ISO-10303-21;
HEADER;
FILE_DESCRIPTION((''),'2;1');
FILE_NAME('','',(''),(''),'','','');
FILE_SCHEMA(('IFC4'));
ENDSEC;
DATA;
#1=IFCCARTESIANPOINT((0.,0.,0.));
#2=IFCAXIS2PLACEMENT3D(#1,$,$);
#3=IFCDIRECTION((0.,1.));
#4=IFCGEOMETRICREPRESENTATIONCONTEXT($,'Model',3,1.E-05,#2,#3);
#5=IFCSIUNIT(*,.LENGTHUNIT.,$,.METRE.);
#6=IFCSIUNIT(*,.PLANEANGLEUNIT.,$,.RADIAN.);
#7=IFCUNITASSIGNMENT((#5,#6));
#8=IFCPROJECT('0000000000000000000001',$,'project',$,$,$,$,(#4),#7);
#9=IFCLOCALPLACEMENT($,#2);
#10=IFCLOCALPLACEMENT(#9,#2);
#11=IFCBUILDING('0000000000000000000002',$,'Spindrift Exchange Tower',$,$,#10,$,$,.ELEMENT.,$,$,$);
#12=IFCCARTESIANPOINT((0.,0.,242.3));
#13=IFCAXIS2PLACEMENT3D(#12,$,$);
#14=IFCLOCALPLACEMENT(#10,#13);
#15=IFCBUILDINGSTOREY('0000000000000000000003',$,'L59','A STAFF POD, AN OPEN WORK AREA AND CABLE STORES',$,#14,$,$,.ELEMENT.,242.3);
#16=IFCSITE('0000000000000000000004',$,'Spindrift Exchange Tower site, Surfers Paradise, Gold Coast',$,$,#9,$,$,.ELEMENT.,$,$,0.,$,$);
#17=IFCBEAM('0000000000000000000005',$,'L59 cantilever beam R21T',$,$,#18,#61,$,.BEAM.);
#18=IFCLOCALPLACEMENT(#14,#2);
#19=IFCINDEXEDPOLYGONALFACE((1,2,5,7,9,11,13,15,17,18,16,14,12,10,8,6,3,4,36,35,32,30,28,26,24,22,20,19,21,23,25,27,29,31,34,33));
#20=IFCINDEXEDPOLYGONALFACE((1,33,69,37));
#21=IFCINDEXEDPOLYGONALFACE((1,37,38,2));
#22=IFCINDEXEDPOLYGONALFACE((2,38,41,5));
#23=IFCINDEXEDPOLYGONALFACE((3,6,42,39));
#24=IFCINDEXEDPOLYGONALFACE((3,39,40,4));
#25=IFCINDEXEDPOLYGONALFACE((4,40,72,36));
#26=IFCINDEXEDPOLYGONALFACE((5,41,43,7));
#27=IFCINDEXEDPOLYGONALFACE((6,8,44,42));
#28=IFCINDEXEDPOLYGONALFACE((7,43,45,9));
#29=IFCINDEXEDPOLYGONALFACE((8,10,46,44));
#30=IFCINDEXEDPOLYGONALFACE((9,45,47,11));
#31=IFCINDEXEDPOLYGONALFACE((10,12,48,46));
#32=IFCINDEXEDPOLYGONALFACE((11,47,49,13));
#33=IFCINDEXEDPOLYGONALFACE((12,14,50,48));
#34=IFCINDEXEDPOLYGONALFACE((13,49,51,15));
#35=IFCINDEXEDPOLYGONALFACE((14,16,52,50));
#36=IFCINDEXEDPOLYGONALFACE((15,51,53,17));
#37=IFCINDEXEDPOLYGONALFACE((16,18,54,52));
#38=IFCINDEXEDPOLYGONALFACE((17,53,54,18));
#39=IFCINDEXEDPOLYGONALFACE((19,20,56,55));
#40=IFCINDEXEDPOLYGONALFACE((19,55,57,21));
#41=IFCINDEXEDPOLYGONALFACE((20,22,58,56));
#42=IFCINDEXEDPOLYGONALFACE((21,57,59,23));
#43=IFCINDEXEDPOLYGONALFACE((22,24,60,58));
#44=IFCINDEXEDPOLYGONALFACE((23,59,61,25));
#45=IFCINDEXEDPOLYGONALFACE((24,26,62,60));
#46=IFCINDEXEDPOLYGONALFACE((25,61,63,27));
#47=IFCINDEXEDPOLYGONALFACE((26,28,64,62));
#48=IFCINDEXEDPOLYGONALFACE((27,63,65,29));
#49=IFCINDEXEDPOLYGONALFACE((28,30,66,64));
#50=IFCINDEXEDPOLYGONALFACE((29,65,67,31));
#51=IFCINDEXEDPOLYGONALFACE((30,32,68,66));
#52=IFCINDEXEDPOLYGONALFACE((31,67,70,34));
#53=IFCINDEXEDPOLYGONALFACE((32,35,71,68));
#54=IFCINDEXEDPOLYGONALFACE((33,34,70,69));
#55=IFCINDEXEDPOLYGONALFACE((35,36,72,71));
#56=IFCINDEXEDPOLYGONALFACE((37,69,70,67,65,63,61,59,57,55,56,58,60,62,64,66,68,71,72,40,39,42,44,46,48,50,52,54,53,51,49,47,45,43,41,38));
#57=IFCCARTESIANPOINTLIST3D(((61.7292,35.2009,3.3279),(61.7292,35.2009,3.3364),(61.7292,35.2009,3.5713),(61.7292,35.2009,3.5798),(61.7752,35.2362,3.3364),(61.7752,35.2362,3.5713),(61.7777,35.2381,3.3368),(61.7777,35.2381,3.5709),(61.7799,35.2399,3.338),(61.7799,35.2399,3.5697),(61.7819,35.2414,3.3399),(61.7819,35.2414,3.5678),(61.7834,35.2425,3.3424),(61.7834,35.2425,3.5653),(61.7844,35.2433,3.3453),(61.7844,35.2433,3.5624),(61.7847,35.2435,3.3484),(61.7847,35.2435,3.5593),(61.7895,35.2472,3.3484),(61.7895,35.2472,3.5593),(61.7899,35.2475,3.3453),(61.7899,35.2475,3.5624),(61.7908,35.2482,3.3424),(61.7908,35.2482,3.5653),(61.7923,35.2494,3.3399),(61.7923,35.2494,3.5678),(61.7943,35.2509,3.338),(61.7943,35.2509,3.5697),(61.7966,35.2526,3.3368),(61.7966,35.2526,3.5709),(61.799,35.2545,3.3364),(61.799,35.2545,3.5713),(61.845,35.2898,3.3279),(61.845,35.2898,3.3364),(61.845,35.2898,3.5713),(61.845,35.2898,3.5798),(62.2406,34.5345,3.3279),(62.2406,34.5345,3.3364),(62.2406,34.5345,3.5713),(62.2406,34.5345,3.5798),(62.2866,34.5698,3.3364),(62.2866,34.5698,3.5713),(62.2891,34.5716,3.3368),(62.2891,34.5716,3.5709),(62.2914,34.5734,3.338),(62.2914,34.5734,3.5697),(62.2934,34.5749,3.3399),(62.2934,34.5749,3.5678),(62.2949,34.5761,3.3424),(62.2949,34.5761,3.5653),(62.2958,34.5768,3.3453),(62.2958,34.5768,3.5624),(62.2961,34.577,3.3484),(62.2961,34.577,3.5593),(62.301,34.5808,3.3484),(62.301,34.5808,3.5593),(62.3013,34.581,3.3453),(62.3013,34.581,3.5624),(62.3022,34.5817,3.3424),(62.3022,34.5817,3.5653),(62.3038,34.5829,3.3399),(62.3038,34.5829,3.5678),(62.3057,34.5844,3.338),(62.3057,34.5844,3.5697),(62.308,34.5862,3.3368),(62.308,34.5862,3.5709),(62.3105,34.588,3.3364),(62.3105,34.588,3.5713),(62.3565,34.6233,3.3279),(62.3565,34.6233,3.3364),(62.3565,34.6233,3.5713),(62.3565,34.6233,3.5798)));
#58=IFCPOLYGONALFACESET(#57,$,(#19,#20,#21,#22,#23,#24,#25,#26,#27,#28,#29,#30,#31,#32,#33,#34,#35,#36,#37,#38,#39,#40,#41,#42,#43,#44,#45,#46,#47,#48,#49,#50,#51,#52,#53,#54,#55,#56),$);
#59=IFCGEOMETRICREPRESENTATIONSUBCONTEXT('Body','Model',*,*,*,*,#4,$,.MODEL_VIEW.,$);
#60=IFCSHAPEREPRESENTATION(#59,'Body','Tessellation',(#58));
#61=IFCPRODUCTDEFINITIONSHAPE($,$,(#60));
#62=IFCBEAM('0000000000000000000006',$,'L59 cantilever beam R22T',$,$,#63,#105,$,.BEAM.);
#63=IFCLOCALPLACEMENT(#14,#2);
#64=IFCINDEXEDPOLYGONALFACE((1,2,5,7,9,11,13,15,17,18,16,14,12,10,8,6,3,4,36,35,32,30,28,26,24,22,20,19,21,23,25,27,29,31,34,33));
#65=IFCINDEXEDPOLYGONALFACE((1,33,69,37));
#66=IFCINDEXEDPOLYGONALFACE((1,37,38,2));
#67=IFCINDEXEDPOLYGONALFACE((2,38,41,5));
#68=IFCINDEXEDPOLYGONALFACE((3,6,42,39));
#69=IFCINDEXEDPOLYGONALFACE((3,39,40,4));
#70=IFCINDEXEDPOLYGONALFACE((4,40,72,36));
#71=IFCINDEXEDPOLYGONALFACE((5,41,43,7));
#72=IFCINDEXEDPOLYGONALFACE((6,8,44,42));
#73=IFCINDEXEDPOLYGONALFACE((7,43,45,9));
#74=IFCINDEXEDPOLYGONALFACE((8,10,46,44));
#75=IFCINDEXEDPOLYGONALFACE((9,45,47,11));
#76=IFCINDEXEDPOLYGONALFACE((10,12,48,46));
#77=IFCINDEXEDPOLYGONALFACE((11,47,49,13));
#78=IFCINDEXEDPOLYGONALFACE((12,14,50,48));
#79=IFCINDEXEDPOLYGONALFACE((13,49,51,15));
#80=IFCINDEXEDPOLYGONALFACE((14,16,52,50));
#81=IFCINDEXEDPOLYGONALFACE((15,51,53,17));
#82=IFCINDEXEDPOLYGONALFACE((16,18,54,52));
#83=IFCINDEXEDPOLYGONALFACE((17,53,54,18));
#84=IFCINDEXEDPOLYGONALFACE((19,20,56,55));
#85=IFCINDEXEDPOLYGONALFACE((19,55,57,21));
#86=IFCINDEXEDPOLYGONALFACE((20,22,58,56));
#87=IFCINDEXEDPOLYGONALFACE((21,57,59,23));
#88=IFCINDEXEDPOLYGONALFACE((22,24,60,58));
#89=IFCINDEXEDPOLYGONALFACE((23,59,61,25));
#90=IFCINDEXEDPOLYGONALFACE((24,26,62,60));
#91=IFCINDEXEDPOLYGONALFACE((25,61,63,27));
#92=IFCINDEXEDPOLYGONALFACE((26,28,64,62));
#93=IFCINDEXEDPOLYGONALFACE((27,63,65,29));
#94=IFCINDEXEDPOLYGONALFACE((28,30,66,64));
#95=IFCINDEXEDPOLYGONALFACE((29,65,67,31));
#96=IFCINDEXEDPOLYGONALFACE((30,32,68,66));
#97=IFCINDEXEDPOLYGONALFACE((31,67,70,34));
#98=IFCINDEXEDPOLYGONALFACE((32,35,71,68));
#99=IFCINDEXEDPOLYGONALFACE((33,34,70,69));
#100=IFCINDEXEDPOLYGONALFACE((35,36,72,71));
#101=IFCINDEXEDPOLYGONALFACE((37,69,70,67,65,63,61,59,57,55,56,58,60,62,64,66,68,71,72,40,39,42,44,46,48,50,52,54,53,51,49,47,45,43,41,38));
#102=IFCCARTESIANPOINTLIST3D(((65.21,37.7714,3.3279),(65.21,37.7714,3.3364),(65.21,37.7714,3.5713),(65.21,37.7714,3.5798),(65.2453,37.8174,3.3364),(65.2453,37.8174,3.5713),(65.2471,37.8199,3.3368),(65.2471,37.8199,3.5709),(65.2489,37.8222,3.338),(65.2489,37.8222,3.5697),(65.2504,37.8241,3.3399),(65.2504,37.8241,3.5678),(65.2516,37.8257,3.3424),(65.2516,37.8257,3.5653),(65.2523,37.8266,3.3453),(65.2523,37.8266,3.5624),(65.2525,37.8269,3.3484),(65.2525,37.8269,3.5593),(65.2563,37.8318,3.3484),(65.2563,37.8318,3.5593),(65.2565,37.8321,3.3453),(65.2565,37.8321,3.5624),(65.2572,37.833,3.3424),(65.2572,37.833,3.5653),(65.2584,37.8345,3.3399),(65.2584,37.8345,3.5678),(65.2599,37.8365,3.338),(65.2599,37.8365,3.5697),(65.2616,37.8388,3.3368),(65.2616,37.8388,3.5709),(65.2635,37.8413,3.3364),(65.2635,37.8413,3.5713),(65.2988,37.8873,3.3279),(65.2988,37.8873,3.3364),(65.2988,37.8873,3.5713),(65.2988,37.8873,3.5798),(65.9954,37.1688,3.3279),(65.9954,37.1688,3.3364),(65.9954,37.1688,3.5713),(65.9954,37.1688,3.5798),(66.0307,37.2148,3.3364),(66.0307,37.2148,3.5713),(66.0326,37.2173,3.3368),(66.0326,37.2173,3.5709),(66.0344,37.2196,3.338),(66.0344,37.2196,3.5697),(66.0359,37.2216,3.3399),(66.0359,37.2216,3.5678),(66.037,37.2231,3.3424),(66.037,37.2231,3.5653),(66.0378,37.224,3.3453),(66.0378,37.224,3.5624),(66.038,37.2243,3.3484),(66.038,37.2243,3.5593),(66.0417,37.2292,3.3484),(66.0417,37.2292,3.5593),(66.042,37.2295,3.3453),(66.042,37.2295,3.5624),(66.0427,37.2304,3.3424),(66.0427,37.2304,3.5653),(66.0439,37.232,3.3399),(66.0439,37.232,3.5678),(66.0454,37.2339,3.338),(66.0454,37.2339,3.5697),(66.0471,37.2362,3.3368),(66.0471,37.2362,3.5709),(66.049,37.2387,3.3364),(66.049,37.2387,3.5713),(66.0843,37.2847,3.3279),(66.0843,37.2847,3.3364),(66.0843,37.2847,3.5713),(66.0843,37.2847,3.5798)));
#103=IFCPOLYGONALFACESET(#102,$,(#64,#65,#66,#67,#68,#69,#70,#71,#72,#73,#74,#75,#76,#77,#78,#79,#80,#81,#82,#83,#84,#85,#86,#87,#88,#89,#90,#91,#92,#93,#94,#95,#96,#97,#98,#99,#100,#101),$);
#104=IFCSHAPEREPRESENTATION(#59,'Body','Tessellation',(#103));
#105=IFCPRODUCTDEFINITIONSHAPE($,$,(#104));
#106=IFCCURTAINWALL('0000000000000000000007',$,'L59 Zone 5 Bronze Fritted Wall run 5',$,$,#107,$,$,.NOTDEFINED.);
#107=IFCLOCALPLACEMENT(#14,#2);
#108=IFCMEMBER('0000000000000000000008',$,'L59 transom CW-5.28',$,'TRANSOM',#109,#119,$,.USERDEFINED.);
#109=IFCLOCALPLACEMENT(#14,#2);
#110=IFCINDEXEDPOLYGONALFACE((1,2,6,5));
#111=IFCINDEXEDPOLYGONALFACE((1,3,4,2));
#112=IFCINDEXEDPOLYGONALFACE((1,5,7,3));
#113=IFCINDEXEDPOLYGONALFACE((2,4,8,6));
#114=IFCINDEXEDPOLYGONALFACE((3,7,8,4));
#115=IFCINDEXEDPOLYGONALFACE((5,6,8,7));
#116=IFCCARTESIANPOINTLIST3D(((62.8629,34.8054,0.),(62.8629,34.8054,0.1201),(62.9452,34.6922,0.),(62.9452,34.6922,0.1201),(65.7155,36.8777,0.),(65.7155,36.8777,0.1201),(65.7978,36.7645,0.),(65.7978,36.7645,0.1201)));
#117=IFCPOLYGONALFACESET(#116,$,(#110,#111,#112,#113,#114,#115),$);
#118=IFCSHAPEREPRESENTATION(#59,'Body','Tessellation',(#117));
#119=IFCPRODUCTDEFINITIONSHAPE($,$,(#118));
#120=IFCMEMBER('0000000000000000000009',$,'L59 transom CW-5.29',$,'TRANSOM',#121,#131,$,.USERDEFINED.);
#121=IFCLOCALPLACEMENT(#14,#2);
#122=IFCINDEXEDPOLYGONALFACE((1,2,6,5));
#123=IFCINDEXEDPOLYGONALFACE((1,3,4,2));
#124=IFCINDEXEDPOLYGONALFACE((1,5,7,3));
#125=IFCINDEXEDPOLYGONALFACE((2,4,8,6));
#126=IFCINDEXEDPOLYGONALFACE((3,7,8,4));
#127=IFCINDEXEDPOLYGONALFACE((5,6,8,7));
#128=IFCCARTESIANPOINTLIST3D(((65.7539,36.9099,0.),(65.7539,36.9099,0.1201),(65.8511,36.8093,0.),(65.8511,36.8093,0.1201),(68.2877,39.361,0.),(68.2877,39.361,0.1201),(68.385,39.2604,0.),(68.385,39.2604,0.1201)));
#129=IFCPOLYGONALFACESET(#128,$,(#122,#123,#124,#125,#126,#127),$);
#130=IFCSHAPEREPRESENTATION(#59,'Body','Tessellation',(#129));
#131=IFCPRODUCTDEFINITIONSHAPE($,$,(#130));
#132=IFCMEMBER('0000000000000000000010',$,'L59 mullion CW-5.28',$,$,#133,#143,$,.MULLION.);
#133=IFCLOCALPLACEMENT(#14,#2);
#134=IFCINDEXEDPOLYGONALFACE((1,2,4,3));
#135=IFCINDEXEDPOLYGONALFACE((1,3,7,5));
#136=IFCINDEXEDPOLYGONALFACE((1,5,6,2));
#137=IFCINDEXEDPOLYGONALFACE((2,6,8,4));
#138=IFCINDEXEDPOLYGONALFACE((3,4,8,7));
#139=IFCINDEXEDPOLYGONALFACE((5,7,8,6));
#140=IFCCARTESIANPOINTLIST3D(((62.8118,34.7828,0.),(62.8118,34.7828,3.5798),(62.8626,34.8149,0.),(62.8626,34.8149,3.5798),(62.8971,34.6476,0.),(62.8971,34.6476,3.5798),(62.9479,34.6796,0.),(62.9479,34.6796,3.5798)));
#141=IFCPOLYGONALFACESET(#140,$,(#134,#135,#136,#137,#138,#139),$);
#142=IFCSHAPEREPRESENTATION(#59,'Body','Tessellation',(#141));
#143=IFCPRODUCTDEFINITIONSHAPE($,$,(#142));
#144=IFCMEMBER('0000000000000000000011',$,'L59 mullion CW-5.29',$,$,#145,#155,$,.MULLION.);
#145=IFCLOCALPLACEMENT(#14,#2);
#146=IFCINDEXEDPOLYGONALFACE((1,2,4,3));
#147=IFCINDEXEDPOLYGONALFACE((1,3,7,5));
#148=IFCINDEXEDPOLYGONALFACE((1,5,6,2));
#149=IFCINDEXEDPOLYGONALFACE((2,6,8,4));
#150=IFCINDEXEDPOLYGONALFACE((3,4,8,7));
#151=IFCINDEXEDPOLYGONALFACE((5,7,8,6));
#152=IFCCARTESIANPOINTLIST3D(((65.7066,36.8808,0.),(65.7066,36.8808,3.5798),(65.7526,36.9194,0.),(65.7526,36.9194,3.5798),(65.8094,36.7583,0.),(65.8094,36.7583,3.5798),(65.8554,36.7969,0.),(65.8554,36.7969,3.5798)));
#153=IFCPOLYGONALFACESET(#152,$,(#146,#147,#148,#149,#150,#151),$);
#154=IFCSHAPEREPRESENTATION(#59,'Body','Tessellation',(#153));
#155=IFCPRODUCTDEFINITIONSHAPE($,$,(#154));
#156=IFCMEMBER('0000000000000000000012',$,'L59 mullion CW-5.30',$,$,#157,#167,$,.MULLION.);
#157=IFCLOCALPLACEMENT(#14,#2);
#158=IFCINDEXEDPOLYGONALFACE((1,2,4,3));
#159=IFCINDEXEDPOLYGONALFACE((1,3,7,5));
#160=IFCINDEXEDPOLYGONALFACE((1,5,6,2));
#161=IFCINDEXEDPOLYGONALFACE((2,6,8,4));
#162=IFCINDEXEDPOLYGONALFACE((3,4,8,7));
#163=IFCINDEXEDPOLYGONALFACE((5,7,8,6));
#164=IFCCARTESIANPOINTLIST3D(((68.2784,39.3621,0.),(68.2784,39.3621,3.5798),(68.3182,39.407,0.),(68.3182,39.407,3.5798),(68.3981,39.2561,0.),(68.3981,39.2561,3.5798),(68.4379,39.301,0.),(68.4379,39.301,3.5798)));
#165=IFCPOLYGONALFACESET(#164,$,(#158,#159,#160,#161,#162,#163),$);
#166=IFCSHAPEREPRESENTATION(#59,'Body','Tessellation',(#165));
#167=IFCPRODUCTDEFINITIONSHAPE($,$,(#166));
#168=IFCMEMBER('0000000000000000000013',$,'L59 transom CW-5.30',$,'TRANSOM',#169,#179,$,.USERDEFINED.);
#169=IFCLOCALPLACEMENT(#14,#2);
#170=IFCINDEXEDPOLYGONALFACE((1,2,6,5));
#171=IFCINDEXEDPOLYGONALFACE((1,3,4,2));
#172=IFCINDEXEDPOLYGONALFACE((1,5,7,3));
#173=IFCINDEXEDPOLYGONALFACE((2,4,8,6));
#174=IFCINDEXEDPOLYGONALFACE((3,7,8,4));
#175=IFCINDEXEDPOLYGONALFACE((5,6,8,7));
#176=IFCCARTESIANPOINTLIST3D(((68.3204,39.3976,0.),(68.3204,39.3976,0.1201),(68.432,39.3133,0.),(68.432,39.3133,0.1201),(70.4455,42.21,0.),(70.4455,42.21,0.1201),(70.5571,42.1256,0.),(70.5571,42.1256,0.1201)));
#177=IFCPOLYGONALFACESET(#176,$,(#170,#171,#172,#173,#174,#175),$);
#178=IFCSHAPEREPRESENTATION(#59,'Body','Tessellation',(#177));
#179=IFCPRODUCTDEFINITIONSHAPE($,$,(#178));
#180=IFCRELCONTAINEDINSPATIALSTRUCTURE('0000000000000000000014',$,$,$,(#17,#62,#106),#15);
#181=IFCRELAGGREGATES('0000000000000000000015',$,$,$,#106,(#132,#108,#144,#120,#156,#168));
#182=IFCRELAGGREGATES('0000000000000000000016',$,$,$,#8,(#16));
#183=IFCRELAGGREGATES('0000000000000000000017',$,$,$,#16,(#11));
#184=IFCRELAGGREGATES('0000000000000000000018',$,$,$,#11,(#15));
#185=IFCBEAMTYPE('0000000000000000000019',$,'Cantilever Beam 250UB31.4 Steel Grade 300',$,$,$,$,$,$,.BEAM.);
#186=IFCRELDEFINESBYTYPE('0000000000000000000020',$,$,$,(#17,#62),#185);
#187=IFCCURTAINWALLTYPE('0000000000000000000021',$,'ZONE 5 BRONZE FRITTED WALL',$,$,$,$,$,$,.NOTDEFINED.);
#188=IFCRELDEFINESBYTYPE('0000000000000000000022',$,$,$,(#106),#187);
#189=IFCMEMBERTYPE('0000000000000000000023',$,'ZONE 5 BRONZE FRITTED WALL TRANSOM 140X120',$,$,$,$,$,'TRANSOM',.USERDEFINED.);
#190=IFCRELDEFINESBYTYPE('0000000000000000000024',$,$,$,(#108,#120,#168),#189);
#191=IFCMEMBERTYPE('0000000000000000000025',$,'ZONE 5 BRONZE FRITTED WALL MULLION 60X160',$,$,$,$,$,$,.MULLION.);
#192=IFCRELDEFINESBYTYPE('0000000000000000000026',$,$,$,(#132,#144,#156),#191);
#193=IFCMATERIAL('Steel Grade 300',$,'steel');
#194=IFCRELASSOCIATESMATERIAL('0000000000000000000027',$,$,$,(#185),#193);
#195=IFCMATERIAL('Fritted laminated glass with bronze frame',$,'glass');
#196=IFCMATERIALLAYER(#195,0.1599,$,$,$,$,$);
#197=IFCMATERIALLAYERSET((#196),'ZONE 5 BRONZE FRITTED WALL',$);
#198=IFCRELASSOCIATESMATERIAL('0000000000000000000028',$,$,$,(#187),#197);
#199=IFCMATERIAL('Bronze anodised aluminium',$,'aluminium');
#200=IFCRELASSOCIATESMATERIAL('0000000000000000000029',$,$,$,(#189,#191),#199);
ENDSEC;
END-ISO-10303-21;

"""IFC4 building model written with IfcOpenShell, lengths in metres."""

from ifc_helpers import new_model, si_unit, direction, frame, origin, origin_2d, place, context, subcontext, project, spatial, rectangle, i_section, extrude, source, transform, mapped, material, layer, layer_set, material_profile, profile_set, type_object, element, aggregate, save


model = new_model("IFC4")

# Units and contexts
model_context = context("Model", 3, precision=1e-05, world=origin(), true_north=direction((0.0, 1.0)))
body_context = subcontext(model_context, "Body", "Model", "MODEL_VIEW")
ifc_project = project(units=[si_unit("LENGTHUNIT", "METRE"), si_unit("PLANEANGLEUNIT", "RADIAN")], contexts=[model_context])

# Site, building, storey
site_placement = place(None, origin())
site = spatial("IfcSite", under=ifc_project, at=site_placement, Name="Spindrift Exchange Tower site, Surfers Paradise, Gold Coast", CompositionType="ELEMENT", RefElevation=0.0)
building_placement = place(site_placement, origin())
building = spatial("IfcBuilding", under=site, at=building_placement, Name="Spindrift Exchange Tower", CompositionType="ELEMENT")
storey_placement = place(building_placement, frame((0.0, 0.0, 242.3)))
storey = spatial("IfcBuildingStorey", under=building, at=storey_placement, Name="L59", Description="A STAFF POD, AN OPEN WORK AREA AND CABLE STORES", CompositionType="ELEMENT", Elevation=242.3)

# Beams
ifc_material_1 = material(Name="Steel Grade 300", Category="steel")
ifc_material_profile_1 = material_profile(ifc_material_1, i_section(OverallWidth=0.146, OverallDepth=0.252, WebThickness=0.0061, FlangeThickness=0.0085, FilletRadius=0.012, at=origin_2d()), Name="250UB31.4")
ifc_profile_set_1 = profile_set([ifc_material_profile_1], Name="Steel Grade 300")
beam_type_1 = type_object("IfcBeamType", Name="Cantilever Beam 250UB31.4 Steel Grade 300", PredefinedType="BEAM", material=ifc_profile_set_1)
shared_shape_1 = source(origin(), body_context, "Body", "SweptSolid", [
    extrude(i_section(OverallWidth=0.146, OverallDepth=0.252, WebThickness=0.0061, FlangeThickness=0.0085, FilletRadius=0.012, at=origin_2d()), origin(), (0.0, 0.0, 1.0), 0.8401),
])
beam_1_placement = place(storey_placement, frame((61.7871, 35.2454, 3.4539), z_axis=(0.608798, -0.793326, 0.0), x_axis=(0.793326, 0.608798, 0.0)))
element("IfcBeam", 1, at=beam_1_placement, inside=storey, type_object=beam_type_1, Name="L59 cantilever beam R21T", PredefinedType="BEAM", context=body_context, shape_type="MappedRepresentation", body=[
    mapped(shared_shape_1, transform((0.0, 0.0, 0.0), scale=1.0)),
])
shared_shape_2 = source(origin(), body_context, "Body", "SweptSolid", [
    extrude(i_section(OverallWidth=0.146, OverallDepth=0.252, WebThickness=0.0061, FlangeThickness=0.0085, FilletRadius=0.012, at=origin_2d()), origin(), (0.0, 0.0, 1.0), 0.99),
])
beam_2_placement = place(storey_placement, frame((65.2544, 37.8293, 3.4539), z_axis=(0.793412, -0.608685, 0.0), x_axis=(0.608685, 0.793412, 0.0)))
element("IfcBeam", 2, at=beam_2_placement, inside=storey, type_object=beam_type_1, Name="L59 cantilever beam R22T", PredefinedType="BEAM", context=body_context, shape_type="MappedRepresentation", body=[
    mapped(shared_shape_2, transform((0.0, 0.0, 0.0), scale=1.0)),
])

# Curtain wall, members
ifc_material_2 = material(Name="Fritted laminated glass with bronze frame", Category="glass")
ifc_layer_1 = layer(ifc_material_2, 0.1599)
ifc_layer_set_1 = layer_set([ifc_layer_1], Name="ZONE 5 BRONZE FRITTED WALL")
curtain_wall_type = type_object("IfcCurtainWallType", Name="ZONE 5 BRONZE FRITTED WALL", PredefinedType="NOTDEFINED", material=ifc_layer_set_1)
curtain_wall_placement = place(storey_placement, origin())
curtain_wall = element("IfcCurtainWall", 3, at=curtain_wall_placement, inside=storey, type_object=curtain_wall_type, Name="L59 Zone 5 Bronze Fritted Wall run 5", PredefinedType="NOTDEFINED")
ifc_material_3 = material(Name="Bronze anodised aluminium", Category="aluminium")
ifc_material_profile_2 = material_profile(ifc_material_3, rectangle(XDim=0.1399, YDim=0.1201, at=origin_2d()), Name="ZONE 5 BRONZE FRITTED WALL TRANSOM 140X120")
ifc_profile_set_2 = profile_set([ifc_material_profile_2], Name="Bronze anodised aluminium")
member_type_1 = type_object("IfcMemberType", Name="ZONE 5 BRONZE FRITTED WALL TRANSOM 140X120", ElementType="TRANSOM", PredefinedType="USERDEFINED", material=ifc_profile_set_2)
shared_shape_3 = source(origin(), body_context, "Body", "SweptSolid", [
    extrude(rectangle(XDim=0.1399, YDim=0.1201, at=origin_2d()), origin(), (0.0, 0.0, 1.0), 3.5259),
])
member_1_placement = place(storey_placement, frame((62.9041, 34.7488, 0.0601), z_axis=(0.809047, 0.587743, 0.0), x_axis=(-0.587743, 0.809047, 0.0)))
member_1 = element("IfcMember", 4, at=member_1_placement, type_object=member_type_1, Name="L59 transom CW-5.28", ObjectType="TRANSOM", PredefinedType="USERDEFINED", context=body_context, shape_type="MappedRepresentation", body=[
    mapped(shared_shape_3, transform((0.0, 0.0, 0.0), scale=1.0)),
])
shared_shape_4 = source(origin(), body_context, "Body", "SweptSolid", [
    extrude(rectangle(XDim=0.1399, YDim=0.1201, at=origin_2d()), origin(), (0.0, 0.0, 1.0), 3.5254),
])
member_2_placement = place(storey_placement, frame((65.8025, 36.8596, 0.0601), z_axis=(0.718747, 0.695271, 0.0), x_axis=(-0.695271, 0.718747, 0.0)))
member_2 = element("IfcMember", 5, at=member_2_placement, type_object=member_type_1, Name="L59 transom CW-5.29", ObjectType="TRANSOM", PredefinedType="USERDEFINED", context=body_context, shape_type="MappedRepresentation", body=[
    mapped(shared_shape_4, transform((0.0, 0.0, 0.0), scale=1.0)),
])
ifc_material_profile_3 = material_profile(ifc_material_3, rectangle(XDim=0.0601, YDim=0.1599, at=origin_2d()), Name="ZONE 5 BRONZE FRITTED WALL MULLION 60X160")
ifc_profile_set_3 = profile_set([ifc_material_profile_3], Name="Bronze anodised aluminium")
member_type_2 = type_object("IfcMemberType", Name="ZONE 5 BRONZE FRITTED WALL MULLION 60X160", PredefinedType="MULLION", material=ifc_profile_set_3)
shared_shape_5 = source(origin(), body_context, "Body", "SweptSolid", [
    extrude(rectangle(XDim=0.0601, YDim=0.1599, at=origin_2d()), origin(), (0.0, 0.0, 1.0), 3.5798),
])
member_3_placement = place(storey_placement, frame((62.8799, 34.7312, 0.0), z_axis=(0.0, 0.0, 1.0), x_axis=(0.845888, 0.533361, 0.0)))
member_3 = element("IfcMember", 6, at=member_3_placement, type_object=member_type_2, Name="L59 mullion CW-5.28", PredefinedType="MULLION", context=body_context, shape_type="MappedRepresentation", body=[
    mapped(shared_shape_5, transform((0.0, 0.0, 0.0), scale=1.0)),
])
member_4_placement = place(storey_placement, frame((65.781, 36.8389, 0.0), z_axis=(0.0, 0.0, 1.0), x_axis=(0.76579, 0.643091, 0.0)))
member_4 = element("IfcMember", 7, at=member_4_placement, type_object=member_type_2, Name="L59 mullion CW-5.29", PredefinedType="MULLION", context=body_context, shape_type="MappedRepresentation", body=[
    mapped(shared_shape_5, transform((0.0, 0.0, 0.0), scale=1.0)),
])
member_5_placement = place(storey_placement, frame((68.3582, 39.3315, 0.0), z_axis=(0.0, 0.0, 1.0), x_axis=(0.662806, 0.748791, 0.0)))
member_5 = element("IfcMember", 8, at=member_5_placement, type_object=member_type_2, Name="L59 mullion CW-5.30", PredefinedType="MULLION", context=body_context, shape_type="MappedRepresentation", body=[
    mapped(shared_shape_5, transform((0.0, 0.0, 0.0), scale=1.0)),
])
shared_shape_6 = source(origin(), body_context, "Body", "SweptSolid", [
    extrude(rectangle(XDim=0.1399, YDim=0.1201, at=origin_2d()), origin(), (0.0, 0.0, 1.0), 3.5249),
])
member_6_placement = place(storey_placement, frame((68.3762, 39.3555, 0.0601), z_axis=(0.602866, 0.797842, 0.0), x_axis=(-0.797842, 0.602866, 0.0)))
member_6 = element("IfcMember", 9, at=member_6_placement, type_object=member_type_1, Name="L59 transom CW-5.30", ObjectType="TRANSOM", PredefinedType="USERDEFINED", context=body_context, shape_type="MappedRepresentation", body=[
    mapped(shared_shape_6, transform((0.0, 0.0, 0.0), scale=1.0)),
])
aggregate(curtain_wall, [member_3, member_1, member_4, member_2, member_5, member_6])

save(model, "model.ifc")
